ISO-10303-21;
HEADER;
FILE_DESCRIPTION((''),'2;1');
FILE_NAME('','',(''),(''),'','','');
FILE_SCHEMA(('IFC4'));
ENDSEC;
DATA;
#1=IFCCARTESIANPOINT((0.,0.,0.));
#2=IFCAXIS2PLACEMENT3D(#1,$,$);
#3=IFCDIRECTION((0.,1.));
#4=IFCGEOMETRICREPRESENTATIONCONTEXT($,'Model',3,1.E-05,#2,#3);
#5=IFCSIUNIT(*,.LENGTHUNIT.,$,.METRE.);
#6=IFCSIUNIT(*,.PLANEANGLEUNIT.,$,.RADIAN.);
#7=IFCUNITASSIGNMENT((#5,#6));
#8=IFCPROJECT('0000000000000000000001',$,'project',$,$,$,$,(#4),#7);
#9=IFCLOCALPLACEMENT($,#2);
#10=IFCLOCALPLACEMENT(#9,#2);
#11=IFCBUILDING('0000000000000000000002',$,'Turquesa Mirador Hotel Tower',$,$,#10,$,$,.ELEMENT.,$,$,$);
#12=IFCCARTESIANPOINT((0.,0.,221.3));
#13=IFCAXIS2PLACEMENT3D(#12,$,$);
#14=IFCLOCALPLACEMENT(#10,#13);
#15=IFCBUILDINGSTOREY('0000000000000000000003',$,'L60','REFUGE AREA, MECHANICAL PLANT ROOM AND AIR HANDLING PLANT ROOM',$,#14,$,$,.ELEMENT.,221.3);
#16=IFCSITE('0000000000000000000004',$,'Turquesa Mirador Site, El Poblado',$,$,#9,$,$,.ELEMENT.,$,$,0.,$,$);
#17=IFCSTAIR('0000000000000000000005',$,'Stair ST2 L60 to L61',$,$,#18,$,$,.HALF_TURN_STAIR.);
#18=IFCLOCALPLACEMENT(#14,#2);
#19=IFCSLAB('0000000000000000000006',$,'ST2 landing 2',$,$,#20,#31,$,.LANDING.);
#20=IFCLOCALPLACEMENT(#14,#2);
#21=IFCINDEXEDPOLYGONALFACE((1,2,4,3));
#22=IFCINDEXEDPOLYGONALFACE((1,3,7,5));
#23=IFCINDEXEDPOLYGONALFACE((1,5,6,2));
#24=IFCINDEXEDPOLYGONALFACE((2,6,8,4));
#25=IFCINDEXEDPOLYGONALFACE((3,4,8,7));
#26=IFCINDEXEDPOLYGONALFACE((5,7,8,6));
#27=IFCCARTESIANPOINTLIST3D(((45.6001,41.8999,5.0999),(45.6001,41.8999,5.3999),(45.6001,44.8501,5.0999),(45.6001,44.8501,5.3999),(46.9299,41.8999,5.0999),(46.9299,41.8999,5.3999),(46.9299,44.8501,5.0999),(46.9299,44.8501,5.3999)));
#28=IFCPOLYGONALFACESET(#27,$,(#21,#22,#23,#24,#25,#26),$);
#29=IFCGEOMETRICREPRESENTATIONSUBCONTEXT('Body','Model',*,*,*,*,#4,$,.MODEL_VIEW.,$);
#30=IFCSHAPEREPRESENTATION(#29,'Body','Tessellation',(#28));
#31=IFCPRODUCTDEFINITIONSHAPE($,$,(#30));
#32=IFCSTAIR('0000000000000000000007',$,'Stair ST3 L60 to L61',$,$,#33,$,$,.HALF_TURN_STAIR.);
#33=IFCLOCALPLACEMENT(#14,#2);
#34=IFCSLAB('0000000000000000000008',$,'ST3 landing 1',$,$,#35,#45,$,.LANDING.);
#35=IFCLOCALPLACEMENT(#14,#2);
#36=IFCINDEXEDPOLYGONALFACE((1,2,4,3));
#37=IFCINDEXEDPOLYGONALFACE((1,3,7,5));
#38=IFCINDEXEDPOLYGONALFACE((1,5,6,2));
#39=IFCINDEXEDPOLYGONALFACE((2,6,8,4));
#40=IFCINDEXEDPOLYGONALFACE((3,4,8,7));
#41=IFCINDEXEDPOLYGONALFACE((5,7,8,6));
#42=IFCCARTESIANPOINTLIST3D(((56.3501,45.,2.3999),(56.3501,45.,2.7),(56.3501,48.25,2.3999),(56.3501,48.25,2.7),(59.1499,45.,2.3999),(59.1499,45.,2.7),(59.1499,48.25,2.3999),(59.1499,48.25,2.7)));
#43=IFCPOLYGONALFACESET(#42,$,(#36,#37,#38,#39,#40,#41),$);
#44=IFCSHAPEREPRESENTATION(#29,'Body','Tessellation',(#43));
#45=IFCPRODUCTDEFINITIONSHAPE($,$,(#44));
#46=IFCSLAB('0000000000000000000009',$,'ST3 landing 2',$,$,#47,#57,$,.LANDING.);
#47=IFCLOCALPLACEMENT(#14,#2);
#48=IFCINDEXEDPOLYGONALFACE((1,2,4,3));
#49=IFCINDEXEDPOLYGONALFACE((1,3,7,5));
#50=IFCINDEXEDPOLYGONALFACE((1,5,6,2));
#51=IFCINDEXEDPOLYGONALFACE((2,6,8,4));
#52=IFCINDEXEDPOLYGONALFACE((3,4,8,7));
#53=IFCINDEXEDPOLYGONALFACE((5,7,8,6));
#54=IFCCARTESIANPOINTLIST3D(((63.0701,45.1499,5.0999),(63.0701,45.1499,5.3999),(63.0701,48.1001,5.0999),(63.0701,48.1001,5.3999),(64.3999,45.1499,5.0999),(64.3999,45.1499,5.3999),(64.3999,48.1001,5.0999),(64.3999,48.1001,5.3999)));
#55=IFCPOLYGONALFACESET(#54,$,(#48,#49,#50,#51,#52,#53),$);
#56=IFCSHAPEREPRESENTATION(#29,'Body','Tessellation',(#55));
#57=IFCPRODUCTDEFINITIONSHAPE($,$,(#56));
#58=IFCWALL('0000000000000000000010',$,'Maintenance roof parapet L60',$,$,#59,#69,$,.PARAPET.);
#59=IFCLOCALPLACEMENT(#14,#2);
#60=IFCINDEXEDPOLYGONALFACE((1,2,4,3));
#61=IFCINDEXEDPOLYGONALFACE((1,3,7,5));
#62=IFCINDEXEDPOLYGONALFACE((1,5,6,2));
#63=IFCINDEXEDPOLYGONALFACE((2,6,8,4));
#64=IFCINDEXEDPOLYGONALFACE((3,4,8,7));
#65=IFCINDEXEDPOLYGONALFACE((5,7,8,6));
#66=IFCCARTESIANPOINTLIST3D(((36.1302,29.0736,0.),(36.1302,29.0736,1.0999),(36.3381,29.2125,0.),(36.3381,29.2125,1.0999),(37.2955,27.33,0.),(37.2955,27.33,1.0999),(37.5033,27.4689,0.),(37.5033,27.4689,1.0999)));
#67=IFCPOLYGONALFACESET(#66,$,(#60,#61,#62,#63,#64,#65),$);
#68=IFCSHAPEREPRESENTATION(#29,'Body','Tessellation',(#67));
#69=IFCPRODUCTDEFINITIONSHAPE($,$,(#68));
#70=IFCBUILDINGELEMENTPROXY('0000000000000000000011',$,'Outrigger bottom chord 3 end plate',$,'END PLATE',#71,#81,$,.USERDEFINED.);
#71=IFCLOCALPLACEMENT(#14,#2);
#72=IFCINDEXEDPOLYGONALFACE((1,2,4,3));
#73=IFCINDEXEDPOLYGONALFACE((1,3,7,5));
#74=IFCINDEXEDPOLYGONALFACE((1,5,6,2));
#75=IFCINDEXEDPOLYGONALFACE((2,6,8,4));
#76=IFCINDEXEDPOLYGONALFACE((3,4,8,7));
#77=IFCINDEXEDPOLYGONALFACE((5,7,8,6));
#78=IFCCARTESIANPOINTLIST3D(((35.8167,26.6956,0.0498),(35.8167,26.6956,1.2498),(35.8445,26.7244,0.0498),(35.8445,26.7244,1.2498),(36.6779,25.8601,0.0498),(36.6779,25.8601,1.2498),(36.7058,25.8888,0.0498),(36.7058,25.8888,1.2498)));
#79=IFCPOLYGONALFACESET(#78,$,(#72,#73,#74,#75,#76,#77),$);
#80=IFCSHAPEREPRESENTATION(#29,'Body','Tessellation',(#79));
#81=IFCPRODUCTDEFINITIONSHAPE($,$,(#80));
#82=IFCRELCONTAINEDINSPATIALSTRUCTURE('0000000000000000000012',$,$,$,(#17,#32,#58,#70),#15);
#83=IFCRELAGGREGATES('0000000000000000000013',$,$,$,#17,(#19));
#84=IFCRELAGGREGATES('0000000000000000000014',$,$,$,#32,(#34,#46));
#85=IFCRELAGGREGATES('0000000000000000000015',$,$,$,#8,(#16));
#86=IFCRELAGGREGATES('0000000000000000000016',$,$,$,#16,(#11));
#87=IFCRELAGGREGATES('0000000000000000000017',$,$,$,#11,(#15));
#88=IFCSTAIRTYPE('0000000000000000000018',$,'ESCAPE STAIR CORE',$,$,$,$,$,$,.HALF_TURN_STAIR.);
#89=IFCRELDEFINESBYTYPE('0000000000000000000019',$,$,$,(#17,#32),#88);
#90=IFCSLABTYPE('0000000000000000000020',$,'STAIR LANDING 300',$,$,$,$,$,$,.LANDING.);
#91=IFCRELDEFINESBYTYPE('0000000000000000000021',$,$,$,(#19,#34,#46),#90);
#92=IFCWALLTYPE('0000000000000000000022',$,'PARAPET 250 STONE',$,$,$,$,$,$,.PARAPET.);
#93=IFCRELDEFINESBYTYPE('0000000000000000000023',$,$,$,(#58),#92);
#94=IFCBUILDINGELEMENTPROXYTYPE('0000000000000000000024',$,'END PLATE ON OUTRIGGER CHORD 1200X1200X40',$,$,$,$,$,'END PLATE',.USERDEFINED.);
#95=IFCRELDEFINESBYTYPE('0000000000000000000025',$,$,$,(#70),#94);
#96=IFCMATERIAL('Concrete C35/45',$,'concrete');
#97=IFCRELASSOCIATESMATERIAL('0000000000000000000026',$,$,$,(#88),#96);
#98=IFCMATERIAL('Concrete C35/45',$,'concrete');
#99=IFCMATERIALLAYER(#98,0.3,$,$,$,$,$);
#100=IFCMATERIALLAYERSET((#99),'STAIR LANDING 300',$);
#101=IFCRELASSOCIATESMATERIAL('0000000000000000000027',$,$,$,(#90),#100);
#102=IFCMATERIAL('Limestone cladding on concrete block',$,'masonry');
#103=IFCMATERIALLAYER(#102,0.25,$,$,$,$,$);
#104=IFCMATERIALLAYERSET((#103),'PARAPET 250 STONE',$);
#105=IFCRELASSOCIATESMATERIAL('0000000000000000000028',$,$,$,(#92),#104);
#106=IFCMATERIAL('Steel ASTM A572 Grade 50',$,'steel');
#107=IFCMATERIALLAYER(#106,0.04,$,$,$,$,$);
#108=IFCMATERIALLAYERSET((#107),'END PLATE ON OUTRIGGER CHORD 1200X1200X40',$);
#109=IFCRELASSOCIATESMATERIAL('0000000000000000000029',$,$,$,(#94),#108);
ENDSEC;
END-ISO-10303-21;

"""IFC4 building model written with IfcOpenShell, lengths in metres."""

from ifc_helpers import new_model, si_unit, direction, frame, frame_2d, origin, origin_2d, place, context, subcontext, project, spatial, polyline, rectangle, outline, extrude, material, layer, layer_set, type_object, element, aggregate, save


model = new_model("IFC4")

# Units and contexts
model_context = context("Model", 3, precision=1e-05, world=origin(), true_north=direction((0.0, 1.0)))
body_context = subcontext(model_context, "Body", "Model", "MODEL_VIEW")
ifc_project = project(units=[si_unit("LENGTHUNIT", "METRE"), si_unit("PLANEANGLEUNIT", "RADIAN")], contexts=[model_context])

# Site, building, storey
site_placement = place(None, origin())
site = spatial("IfcSite", under=ifc_project, at=site_placement, Name="Turquesa Mirador Site, El Poblado", CompositionType="ELEMENT", RefElevation=0.0)
building_placement = place(site_placement, origin())
building = spatial("IfcBuilding", under=site, at=building_placement, Name="Turquesa Mirador Hotel Tower", CompositionType="ELEMENT")
storey_placement = place(building_placement, frame((0.0, 0.0, 221.3)))
storey = spatial("IfcBuildingStorey", under=building, at=storey_placement, Name="L60", Description="REFUGE AREA, MECHANICAL PLANT ROOM AND AIR HANDLING PLANT ROOM", CompositionType="ELEMENT", Elevation=221.3)

# Stairs, slabs
ifc_material_1 = material(Name="Concrete C35/45", Category="concrete")
stair_type = type_object("IfcStairType", Name="ESCAPE STAIR CORE", PredefinedType="HALF_TURN_STAIR", material=ifc_material_1)
ifc_material_2 = material(Name="Concrete C35/45", Category="concrete")
ifc_layer_1 = layer(ifc_material_2, 0.3)
ifc_layer_set_1 = layer_set([ifc_layer_1], Name="STAIR LANDING 300")
slab_type_1 = type_object("IfcSlabType", Name="STAIR LANDING 300", PredefinedType="LANDING", material=ifc_layer_set_1)
stair_1_placement = place(storey_placement, origin())
stair_1 = element("IfcStair", 1, at=stair_1_placement, inside=storey, type_object=stair_type, Name="Stair ST2 L60 to L61", PredefinedType="HALF_TURN_STAIR")
slab_1_placement = place(storey_placement, frame((0.0, 0.0, 5.0999)))
slab_1 = element("IfcSlab", 2, at=slab_1_placement, type_object=slab_type_1, Name="ST2 landing 2", PredefinedType="LANDING", context=body_context, shape_type="SweptSolid", body=[
    extrude(outline(polyline([(46.9299, 44.8501), (45.6001, 44.8501), (45.6001, 41.8999), (46.9299, 41.8999), (46.9299, 44.8501)])), origin(), (0.0, 0.0, 1.0), 0.3),
])
aggregate(stair_1, [slab_1])
stair_2_placement = place(storey_placement, origin())
stair_2 = element("IfcStair", 3, at=stair_2_placement, inside=storey, type_object=stair_type, Name="Stair ST3 L60 to L61", PredefinedType="HALF_TURN_STAIR")
slab_2_placement = place(storey_placement, frame((0.0, 0.0, 2.3999)))
slab_2 = element("IfcSlab", 4, at=slab_2_placement, type_object=slab_type_1, Name="ST3 landing 1", PredefinedType="LANDING", context=body_context, shape_type="SweptSolid", body=[
    extrude(outline(polyline([(56.3501, 45.0), (59.1499, 45.0), (59.1499, 48.25), (56.3501, 48.25), (56.3501, 45.0)])), origin(), (0.0, 0.0, 1.0), 0.3),
])
slab_3_placement = place(storey_placement, frame((0.0, 0.0, 5.0999)))
slab_3 = element("IfcSlab", 5, at=slab_3_placement, type_object=slab_type_1, Name="ST3 landing 2", PredefinedType="LANDING", context=body_context, shape_type="SweptSolid", body=[
    extrude(outline(polyline([(63.0701, 45.1499), (64.3999, 45.1499), (64.3999, 48.1001), (63.0701, 48.1001), (63.0701, 45.1499)])), origin(), (0.0, 0.0, 1.0), 0.3),
])
aggregate(stair_2, [slab_2, slab_3])

# Wall
ifc_material_3 = material(Name="Limestone cladding on concrete block", Category="masonry")
ifc_layer_2 = layer(ifc_material_3, 0.25)
ifc_layer_set_2 = layer_set([ifc_layer_2], Name="PARAPET 250 STONE")
wall_type = type_object("IfcWallType", Name="PARAPET 250 STONE", PredefinedType="PARAPET", material=ifc_layer_set_2)
wall_placement = place(storey_placement, frame((36.2341, 29.1431, 0.0), z_axis=(0.0, 0.0, 1.0), x_axis=(0.55564, -0.831423, 0.0)))
element("IfcWall", 6, at=wall_placement, inside=storey, type_object=wall_type, Name="Maintenance roof parapet L60", PredefinedType="PARAPET", context=body_context, shape_type="SweptSolid", body=[
    extrude(rectangle(XDim=2.0972, YDim=0.25, at=frame_2d((1.0486, 0.0))), origin(), (0.0, 0.0, 1.0), 1.0999),
])

# Building element proxy
ifc_material_4 = material(Name="Steel ASTM A572 Grade 50", Category="steel")
ifc_layer_3 = layer(ifc_material_4, 0.04)
ifc_layer_set_3 = layer_set([ifc_layer_3], Name="END PLATE ON OUTRIGGER CHORD 1200X1200X40")
building_element_proxy_type = type_object("IfcBuildingElementProxyType", Name="END PLATE ON OUTRIGGER CHORD 1200X1200X40", ElementType="END PLATE", PredefinedType="USERDEFINED", material=ifc_layer_set_3)
proxy_placement = place(storey_placement, frame((36.2612, 26.2922, 0.0498), z_axis=(0.0, 0.0, 1.0), x_axis=(-0.696306, -0.717745, 0.0)))
element("IfcBuildingElementProxy", 7, at=proxy_placement, inside=storey, type_object=building_element_proxy_type, Name="Outrigger bottom chord 3 end plate", ObjectType="END PLATE", PredefinedType="USERDEFINED", context=body_context, shape_type="SweptSolid", body=[
    extrude(rectangle(XDim=0.04, YDim=1.2, at=origin_2d()), origin(), (0.0, 0.0, 1.0), 1.2),
])

save(model, "model.ifc")
